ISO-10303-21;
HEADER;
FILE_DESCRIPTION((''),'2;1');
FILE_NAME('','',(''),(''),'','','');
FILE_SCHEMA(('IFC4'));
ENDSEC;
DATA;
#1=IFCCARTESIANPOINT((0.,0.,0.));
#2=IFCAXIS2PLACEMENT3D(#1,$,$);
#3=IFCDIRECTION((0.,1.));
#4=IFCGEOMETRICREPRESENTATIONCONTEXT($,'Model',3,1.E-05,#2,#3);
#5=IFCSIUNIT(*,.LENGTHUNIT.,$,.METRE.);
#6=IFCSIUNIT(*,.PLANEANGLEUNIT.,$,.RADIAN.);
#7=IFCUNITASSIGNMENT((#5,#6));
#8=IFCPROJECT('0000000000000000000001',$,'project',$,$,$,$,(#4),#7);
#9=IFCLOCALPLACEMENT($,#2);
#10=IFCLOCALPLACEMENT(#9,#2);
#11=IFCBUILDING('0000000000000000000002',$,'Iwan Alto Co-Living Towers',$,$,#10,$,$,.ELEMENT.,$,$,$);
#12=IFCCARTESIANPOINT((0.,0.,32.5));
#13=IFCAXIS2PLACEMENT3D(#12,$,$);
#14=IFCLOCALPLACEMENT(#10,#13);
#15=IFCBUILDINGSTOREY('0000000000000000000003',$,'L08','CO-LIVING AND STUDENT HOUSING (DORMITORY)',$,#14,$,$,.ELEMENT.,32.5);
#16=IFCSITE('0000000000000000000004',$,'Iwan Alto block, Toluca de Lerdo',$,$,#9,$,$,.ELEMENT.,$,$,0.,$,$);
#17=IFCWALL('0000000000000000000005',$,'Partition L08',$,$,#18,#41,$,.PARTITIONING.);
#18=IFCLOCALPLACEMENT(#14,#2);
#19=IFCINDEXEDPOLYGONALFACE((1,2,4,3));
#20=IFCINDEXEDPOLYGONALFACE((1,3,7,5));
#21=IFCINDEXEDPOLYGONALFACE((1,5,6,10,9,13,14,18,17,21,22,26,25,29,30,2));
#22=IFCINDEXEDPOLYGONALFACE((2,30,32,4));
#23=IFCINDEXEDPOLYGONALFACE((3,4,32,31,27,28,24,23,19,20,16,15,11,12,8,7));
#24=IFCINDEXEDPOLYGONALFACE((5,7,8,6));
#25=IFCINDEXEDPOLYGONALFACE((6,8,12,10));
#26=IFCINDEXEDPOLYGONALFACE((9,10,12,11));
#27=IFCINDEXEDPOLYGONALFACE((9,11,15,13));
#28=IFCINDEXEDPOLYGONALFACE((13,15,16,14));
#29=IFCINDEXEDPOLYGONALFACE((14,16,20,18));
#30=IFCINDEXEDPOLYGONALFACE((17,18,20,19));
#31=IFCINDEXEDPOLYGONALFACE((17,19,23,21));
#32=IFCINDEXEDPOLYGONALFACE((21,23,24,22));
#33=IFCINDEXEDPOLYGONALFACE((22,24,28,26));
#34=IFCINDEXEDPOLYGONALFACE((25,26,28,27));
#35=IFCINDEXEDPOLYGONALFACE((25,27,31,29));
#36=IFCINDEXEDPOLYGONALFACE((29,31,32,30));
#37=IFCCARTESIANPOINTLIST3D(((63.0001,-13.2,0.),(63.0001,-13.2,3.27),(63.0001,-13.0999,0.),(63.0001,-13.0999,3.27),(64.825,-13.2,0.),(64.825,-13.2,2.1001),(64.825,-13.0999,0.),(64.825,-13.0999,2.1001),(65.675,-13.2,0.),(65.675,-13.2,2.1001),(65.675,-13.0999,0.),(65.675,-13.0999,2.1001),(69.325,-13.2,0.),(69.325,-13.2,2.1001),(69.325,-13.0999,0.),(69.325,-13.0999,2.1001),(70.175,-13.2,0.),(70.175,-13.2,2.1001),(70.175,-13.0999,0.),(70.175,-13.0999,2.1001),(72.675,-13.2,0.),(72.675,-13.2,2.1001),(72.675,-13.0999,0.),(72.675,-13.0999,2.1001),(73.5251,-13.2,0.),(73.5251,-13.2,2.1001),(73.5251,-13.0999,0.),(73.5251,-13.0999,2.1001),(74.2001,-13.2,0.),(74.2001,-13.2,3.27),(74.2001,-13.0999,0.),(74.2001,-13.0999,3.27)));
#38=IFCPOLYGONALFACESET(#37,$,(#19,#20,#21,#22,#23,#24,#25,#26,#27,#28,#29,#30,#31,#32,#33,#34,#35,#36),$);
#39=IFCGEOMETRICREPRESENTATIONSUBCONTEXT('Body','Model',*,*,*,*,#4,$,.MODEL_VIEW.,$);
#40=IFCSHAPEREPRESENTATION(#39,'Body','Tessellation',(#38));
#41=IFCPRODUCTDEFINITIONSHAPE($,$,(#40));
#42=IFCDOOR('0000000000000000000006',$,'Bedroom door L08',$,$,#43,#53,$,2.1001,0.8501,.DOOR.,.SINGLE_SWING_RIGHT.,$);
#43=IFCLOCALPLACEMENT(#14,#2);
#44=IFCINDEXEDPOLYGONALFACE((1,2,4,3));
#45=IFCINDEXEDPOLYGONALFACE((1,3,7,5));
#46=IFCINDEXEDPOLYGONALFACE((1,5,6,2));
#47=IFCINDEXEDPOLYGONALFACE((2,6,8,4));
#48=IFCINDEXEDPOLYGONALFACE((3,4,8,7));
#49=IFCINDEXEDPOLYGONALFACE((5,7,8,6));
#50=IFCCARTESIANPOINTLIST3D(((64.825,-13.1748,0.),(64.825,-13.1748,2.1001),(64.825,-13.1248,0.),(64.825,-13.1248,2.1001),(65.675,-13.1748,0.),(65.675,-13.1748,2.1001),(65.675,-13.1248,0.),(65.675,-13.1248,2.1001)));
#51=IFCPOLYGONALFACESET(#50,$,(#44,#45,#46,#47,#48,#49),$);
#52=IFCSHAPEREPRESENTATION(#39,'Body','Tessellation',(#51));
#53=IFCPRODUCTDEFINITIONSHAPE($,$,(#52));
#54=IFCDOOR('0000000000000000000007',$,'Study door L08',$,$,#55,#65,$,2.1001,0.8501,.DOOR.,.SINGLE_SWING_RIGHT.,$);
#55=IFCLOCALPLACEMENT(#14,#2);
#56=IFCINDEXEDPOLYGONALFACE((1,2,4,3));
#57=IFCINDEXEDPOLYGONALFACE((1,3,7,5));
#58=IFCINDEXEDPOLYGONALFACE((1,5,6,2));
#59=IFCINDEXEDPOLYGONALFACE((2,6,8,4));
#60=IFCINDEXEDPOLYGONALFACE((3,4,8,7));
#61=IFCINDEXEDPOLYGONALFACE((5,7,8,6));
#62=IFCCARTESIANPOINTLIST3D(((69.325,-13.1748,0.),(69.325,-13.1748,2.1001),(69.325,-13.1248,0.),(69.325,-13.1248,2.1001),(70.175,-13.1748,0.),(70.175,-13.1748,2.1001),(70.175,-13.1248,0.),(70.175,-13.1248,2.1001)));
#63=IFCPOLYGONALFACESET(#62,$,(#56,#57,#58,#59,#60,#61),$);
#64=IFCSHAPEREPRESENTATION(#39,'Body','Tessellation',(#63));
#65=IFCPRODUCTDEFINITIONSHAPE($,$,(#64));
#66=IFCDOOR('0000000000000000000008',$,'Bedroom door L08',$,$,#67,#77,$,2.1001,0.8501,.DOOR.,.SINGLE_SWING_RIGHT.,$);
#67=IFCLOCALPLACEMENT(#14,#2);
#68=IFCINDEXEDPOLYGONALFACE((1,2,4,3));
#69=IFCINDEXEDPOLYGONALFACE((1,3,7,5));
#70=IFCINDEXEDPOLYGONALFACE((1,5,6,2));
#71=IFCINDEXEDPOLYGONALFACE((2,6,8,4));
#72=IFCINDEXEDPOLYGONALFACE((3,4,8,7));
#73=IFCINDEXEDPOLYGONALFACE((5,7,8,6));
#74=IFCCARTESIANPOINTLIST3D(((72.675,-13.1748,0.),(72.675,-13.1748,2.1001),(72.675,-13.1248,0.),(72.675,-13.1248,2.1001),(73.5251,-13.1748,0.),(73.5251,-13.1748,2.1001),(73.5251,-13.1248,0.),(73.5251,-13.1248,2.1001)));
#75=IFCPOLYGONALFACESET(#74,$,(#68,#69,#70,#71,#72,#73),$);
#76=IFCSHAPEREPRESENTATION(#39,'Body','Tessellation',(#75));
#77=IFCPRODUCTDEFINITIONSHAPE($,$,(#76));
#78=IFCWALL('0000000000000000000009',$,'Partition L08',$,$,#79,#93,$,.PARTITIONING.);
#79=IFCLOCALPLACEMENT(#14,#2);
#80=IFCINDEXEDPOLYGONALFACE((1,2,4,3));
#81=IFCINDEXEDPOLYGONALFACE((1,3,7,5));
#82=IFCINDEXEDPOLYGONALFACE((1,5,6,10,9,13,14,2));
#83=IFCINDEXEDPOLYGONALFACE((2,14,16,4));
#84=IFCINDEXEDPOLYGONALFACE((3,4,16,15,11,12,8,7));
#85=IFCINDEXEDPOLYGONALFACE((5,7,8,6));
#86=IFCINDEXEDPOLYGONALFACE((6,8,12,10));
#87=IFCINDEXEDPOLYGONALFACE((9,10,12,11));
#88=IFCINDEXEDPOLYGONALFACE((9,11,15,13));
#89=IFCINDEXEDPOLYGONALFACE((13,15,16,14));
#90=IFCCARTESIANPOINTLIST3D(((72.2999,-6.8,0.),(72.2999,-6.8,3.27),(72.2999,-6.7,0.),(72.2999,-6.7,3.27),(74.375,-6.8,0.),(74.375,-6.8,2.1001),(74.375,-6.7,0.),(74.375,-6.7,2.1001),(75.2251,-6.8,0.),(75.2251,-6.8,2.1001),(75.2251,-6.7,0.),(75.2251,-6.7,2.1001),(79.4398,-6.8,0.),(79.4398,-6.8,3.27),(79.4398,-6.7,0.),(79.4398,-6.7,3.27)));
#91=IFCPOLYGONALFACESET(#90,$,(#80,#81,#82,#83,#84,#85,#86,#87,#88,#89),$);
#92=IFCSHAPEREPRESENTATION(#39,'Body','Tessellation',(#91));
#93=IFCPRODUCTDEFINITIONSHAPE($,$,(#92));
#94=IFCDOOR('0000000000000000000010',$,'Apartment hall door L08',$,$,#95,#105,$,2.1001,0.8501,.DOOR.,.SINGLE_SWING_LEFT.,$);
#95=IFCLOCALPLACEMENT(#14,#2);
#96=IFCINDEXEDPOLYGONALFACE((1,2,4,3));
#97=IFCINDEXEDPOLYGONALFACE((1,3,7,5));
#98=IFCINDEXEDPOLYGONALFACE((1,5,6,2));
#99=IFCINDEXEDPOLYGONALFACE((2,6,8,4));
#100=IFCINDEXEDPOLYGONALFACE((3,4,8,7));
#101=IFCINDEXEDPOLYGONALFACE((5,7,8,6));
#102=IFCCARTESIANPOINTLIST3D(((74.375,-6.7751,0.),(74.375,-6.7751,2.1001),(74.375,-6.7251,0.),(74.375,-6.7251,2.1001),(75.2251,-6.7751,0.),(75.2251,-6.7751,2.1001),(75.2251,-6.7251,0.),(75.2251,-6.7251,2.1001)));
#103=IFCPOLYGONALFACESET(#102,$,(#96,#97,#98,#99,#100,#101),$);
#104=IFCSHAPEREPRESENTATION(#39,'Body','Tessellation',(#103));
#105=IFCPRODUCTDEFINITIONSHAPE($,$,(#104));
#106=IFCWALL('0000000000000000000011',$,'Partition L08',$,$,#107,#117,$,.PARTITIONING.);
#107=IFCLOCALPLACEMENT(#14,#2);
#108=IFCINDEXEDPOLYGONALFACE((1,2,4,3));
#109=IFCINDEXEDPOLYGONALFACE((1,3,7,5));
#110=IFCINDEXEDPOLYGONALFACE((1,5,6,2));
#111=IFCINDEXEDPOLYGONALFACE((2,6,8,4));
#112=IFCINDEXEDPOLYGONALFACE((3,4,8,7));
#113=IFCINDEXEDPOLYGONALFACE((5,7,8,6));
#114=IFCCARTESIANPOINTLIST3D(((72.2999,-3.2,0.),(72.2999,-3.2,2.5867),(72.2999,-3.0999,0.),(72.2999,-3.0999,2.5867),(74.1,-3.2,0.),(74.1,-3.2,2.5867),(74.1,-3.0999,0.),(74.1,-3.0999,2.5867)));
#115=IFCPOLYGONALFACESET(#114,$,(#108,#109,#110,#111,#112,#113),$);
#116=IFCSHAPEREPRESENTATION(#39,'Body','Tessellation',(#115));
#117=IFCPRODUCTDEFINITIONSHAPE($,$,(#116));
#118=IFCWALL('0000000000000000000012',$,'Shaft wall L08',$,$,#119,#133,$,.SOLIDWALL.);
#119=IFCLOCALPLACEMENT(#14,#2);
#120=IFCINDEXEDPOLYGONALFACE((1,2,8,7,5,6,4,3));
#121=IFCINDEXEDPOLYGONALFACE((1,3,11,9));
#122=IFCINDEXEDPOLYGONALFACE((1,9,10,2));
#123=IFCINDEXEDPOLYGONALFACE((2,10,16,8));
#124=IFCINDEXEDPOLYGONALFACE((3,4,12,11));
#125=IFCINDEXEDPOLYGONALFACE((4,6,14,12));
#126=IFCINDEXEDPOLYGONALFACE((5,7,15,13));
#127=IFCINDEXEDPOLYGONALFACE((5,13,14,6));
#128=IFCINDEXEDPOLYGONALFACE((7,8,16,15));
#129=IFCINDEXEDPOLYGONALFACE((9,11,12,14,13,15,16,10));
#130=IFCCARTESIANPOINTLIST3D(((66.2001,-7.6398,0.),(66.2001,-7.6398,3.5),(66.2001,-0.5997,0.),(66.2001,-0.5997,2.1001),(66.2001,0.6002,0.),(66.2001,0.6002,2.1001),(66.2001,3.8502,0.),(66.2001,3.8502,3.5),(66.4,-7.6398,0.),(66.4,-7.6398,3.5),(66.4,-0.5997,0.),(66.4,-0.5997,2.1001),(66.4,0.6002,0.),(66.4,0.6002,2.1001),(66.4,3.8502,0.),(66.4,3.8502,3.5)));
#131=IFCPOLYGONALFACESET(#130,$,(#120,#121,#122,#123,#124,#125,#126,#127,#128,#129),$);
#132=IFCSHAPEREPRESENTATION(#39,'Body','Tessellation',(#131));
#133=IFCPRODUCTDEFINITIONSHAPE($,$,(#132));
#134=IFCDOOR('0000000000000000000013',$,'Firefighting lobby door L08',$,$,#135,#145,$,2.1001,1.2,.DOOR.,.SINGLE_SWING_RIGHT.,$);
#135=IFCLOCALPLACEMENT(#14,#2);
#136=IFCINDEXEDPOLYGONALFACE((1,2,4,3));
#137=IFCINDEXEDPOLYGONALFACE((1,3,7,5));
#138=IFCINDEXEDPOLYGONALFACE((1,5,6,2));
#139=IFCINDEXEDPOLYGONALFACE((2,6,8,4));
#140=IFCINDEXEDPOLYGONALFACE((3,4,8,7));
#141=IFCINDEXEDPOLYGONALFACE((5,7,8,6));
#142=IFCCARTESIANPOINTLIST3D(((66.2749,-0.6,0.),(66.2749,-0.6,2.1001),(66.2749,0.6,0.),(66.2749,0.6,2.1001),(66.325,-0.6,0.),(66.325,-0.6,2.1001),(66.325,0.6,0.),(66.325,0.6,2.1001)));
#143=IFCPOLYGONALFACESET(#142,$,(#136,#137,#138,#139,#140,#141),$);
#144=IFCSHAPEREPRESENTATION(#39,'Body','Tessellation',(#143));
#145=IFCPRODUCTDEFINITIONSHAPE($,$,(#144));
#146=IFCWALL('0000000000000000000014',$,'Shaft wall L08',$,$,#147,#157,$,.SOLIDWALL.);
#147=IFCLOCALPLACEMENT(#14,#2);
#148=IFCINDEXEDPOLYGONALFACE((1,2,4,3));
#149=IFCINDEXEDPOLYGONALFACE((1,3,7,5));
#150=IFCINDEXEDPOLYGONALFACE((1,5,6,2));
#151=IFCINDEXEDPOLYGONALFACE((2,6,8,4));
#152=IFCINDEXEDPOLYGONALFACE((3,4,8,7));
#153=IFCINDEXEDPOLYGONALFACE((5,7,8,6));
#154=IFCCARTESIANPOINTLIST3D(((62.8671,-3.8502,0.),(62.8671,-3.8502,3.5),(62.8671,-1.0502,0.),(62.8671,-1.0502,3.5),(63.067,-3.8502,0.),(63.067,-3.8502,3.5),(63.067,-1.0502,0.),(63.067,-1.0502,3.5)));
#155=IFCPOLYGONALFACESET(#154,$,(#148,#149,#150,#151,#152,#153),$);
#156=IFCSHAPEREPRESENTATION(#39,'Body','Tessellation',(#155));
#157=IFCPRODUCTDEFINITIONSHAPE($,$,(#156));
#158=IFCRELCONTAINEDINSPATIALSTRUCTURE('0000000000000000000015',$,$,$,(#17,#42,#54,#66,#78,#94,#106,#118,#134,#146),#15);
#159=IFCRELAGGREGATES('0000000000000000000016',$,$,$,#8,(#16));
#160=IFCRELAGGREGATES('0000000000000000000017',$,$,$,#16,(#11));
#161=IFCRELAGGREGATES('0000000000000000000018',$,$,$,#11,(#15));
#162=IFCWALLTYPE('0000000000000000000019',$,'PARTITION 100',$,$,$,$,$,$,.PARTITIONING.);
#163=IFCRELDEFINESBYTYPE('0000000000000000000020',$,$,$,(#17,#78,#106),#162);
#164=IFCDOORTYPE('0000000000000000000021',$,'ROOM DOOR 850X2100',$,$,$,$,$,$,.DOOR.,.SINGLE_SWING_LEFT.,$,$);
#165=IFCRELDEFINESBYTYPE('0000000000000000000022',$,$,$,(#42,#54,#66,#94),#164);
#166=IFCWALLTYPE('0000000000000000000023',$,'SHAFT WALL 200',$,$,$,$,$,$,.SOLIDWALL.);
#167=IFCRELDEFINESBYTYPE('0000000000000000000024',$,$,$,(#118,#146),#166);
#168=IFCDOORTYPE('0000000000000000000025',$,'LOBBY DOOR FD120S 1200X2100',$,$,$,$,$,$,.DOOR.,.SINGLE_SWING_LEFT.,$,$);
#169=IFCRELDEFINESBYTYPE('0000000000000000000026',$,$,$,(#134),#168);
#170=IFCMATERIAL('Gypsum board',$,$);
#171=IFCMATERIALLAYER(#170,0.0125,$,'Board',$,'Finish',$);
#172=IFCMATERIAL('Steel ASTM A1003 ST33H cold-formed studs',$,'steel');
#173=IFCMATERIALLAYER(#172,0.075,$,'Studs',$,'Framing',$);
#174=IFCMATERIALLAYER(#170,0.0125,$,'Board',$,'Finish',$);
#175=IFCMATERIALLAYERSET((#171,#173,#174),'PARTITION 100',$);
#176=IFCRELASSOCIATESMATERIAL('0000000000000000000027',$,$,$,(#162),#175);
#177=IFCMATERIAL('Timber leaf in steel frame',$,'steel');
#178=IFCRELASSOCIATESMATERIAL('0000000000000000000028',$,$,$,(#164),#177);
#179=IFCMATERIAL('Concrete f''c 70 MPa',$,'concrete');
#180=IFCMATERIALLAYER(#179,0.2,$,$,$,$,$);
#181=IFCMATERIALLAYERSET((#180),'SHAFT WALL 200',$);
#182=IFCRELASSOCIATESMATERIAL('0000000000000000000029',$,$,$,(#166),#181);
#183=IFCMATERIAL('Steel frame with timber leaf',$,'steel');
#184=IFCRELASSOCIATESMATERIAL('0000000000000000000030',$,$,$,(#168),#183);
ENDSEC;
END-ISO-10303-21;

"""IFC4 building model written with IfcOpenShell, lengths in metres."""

from ifc_helpers import new_model, si_unit, direction, frame, frame_2d, origin, place, context, subcontext, project, spatial, rectangle, extrude, material, layer, layer_set, type_object, element, fill, save


model = new_model("IFC4")

# Units and contexts
model_context = context("Model", 3, precision=1e-05, world=origin(), true_north=direction((0.0, 1.0)))
body_context = subcontext(model_context, "Body", "Model", "MODEL_VIEW")
ifc_project = project(units=[si_unit("LENGTHUNIT", "METRE"), si_unit("PLANEANGLEUNIT", "RADIAN")], contexts=[model_context])

# Site, building, storey
site_placement = place(None, origin())
site = spatial("IfcSite", under=ifc_project, at=site_placement, Name="Iwan Alto block, Toluca de Lerdo", CompositionType="ELEMENT", RefElevation=0.0)
building_placement = place(site_placement, origin())
building = spatial("IfcBuilding", under=site, at=building_placement, Name="Iwan Alto Co-Living Towers", CompositionType="ELEMENT")
storey_placement = place(building_placement, frame((0.0, 0.0, 32.5)))
storey = spatial("IfcBuildingStorey", under=building, at=storey_placement, Name="L08", Description="CO-LIVING AND STUDENT HOUSING (DORMITORY)", CompositionType="ELEMENT", Elevation=32.5)

# Shared definitions
ifc_material_1 = material(Name="Gypsum board")
ifc_material_2 = material(Name="Steel ASTM A1003 ST33H cold-formed studs", Category="steel")

# Wall, openings, doors
ifc_layer_1 = layer(ifc_material_1, 0.0125, Name="Board", Category="Finish")
ifc_layer_2 = layer(ifc_material_2, 0.075, Name="Studs", Category="Framing")
ifc_layer_3 = layer(ifc_material_1, 0.0125, Name="Board", Category="Finish")
ifc_layer_set_1 = layer_set([ifc_layer_1, ifc_layer_2, ifc_layer_3], Name="PARTITION 100")
wall_type_1 = type_object("IfcWallType", Name="PARTITION 100", PredefinedType="PARTITIONING", material=ifc_layer_set_1)
wall_1_placement = place(storey_placement, frame((63.0, -13.1499, 0.0), z_axis=(0.0, 0.0, 1.0), x_axis=(1.0, 0.0, 0.0)))
wall_1 = element("IfcWall", 1, at=wall_1_placement, inside=storey, type_object=wall_type_1, Name="Partition L08", PredefinedType="PARTITIONING", context=body_context, shape_type="SweptSolid", body=[
    extrude(rectangle(XDim=11.2, YDim=0.1001, at=frame_2d((5.6001, 0.0))), origin(), (0.0, 0.0, 1.0), 3.27),
])
opening_1_placement = place(wall_1_placement, frame((1.825, 0.0, 0.0)))
opening_1 = element("IfcOpeningElement", 2, at=opening_1_placement, cuts=wall_1, PredefinedType="OPENING", context=body_context, shape_type="SweptSolid", body=[
    extrude(rectangle(XDim=0.8501, YDim=2.1001, at=frame_2d((0.425, 1.05))), frame((0.0, 0.0601, 0.0), z_axis=(0.0, -1.0, 0.0), x_axis=(1.0, 0.0, 0.0)), (0.0, 0.0, 1.0), 0.1201),
])
opening_2_placement = place(wall_1_placement, frame((6.325, 0.0, 0.0)))
opening_2 = element("IfcOpeningElement", 3, at=opening_2_placement, cuts=wall_1, PredefinedType="OPENING", context=body_context, shape_type="SweptSolid", body=[
    extrude(rectangle(XDim=0.8501, YDim=2.1001, at=frame_2d((0.425, 1.05))), frame((0.0, 0.0601, 0.0), z_axis=(0.0, -1.0, 0.0), x_axis=(1.0, 0.0, 0.0)), (0.0, 0.0, 1.0), 0.1201),
])
opening_3_placement = place(wall_1_placement, frame((9.675, 0.0, 0.0)))
opening_3 = element("IfcOpeningElement", 4, at=opening_3_placement, cuts=wall_1, PredefinedType="OPENING", context=body_context, shape_type="SweptSolid", body=[
    extrude(rectangle(XDim=0.8501, YDim=2.1001, at=frame_2d((0.425, 1.05))), frame((0.0, 0.0601, 0.0), z_axis=(0.0, -1.0, 0.0), x_axis=(1.0, 0.0, 0.0)), (0.0, 0.0, 1.0), 0.1201),
])
ifc_material_3 = material(Name="Timber leaf in steel frame", Category="steel")
door_type_1 = type_object("IfcDoorType", Name="ROOM DOOR 850X2100", OperationType="SINGLE_SWING_LEFT", PredefinedType="DOOR", material=ifc_material_3)
door_1_placement = place(opening_1_placement, frame((0.8501, 0.0, 0.0), z_axis=(0.0, 0.0, 1.0), x_axis=(-1.0, 0.0, 0.0)))
door_1 = element("IfcDoor", 5, at=door_1_placement, inside=storey, type_object=door_type_1, Name="Bedroom door L08", OperationType="SINGLE_SWING_RIGHT", OverallHeight=2.1001, OverallWidth=0.8501, PredefinedType="DOOR", context=body_context, shape_type="SweptSolid", body=[
    extrude(rectangle(XDim=0.8501, YDim=2.1001, at=frame_2d((0.425, 1.05))), frame((0.0, 0.0249, 0.0), z_axis=(0.0, -1.0, 0.0), x_axis=(1.0, 0.0, 0.0)), (0.0, 0.0, 1.0), 0.05),
])
fill(opening_1, door_1)
door_2_placement = place(opening_2_placement, frame((0.8501, 0.0, 0.0), z_axis=(0.0, 0.0, 1.0), x_axis=(-1.0, 0.0, 0.0)))
door_2 = element("IfcDoor", 6, at=door_2_placement, inside=storey, type_object=door_type_1, Name="Study door L08", OperationType="SINGLE_SWING_RIGHT", OverallHeight=2.1001, OverallWidth=0.8501, PredefinedType="DOOR", context=body_context, shape_type="SweptSolid", body=[
    extrude(rectangle(XDim=0.8501, YDim=2.1001, at=frame_2d((0.425, 1.05))), frame((0.0, 0.0249, 0.0), z_axis=(0.0, -1.0, 0.0), x_axis=(1.0, 0.0, 0.0)), (0.0, 0.0, 1.0), 0.05),
])
fill(opening_2, door_2)
door_3_placement = place(opening_3_placement, frame((0.8501, 0.0, 0.0), z_axis=(0.0, 0.0, 1.0), x_axis=(-1.0, 0.0, 0.0)))
door_3 = element("IfcDoor", 7, at=door_3_placement, inside=storey, type_object=door_type_1, Name="Bedroom door L08", OperationType="SINGLE_SWING_RIGHT", OverallHeight=2.1001, OverallWidth=0.8501, PredefinedType="DOOR", context=body_context, shape_type="SweptSolid", body=[
    extrude(rectangle(XDim=0.8501, YDim=2.1001, at=frame_2d((0.425, 1.05))), frame((0.0, 0.0249, 0.0), z_axis=(0.0, -1.0, 0.0), x_axis=(1.0, 0.0, 0.0)), (0.0, 0.0, 1.0), 0.05),
])
fill(opening_3, door_3)

# Wall, opening, door
wall_2_placement = place(storey_placement, frame((72.3, -6.75, 0.0), z_axis=(0.0, 0.0, 1.0), x_axis=(1.0, 0.0, 0.0)))
wall_2 = element("IfcWall", 8, at=wall_2_placement, inside=storey, type_object=wall_type_1, Name="Partition L08", PredefinedType="PARTITIONING", context=body_context, shape_type="SweptSolid", body=[
    extrude(rectangle(XDim=7.1399, YDim=0.1001, at=frame_2d((3.5698, 0.0))), origin(), (0.0, 0.0, 1.0), 3.27),
])
opening_4_placement = place(wall_2_placement, frame((2.075, 0.0, 0.0)))
opening_4 = element("IfcOpeningElement", 9, at=opening_4_placement, cuts=wall_2, PredefinedType="OPENING", context=body_context, shape_type="SweptSolid", body=[
    extrude(rectangle(XDim=0.8501, YDim=2.1001, at=frame_2d((0.425, 1.05))), frame((0.0, 0.0601, 0.0), z_axis=(0.0, -1.0, 0.0), x_axis=(1.0, 0.0, 0.0)), (0.0, 0.0, 1.0), 0.1201),
])
door_4_placement = place(opening_4_placement, origin())
door_4 = element("IfcDoor", 10, at=door_4_placement, inside=storey, type_object=door_type_1, Name="Apartment hall door L08", OperationType="SINGLE_SWING_LEFT", OverallHeight=2.1001, OverallWidth=0.8501, PredefinedType="DOOR", context=body_context, shape_type="SweptSolid", body=[
    extrude(rectangle(XDim=0.8501, YDim=2.1001, at=frame_2d((0.425, 1.05))), frame((0.0, 0.0249, 0.0), z_axis=(0.0, -1.0, 0.0), x_axis=(1.0, 0.0, 0.0)), (0.0, 0.0, 1.0), 0.05),
])
fill(opening_4, door_4)

# Wall
wall_3_placement = place(storey_placement, frame((72.3, -3.1499, 0.0), z_axis=(0.0, 0.0, 1.0), x_axis=(1.0, 0.0, 0.0)))
element("IfcWall", 11, at=wall_3_placement, inside=storey, type_object=wall_type_1, Name="Partition L08", PredefinedType="PARTITIONING", context=body_context, shape_type="SweptSolid", body=[
    extrude(rectangle(XDim=1.8, YDim=0.1001, at=frame_2d((0.8999, 0.0))), origin(), (0.0, 0.0, 1.0), 2.5867),
])

# Wall, opening, door
ifc_material_4 = material(Name="Concrete f'c 70 MPa", Category="concrete")
ifc_layer_4 = layer(ifc_material_4, 0.2)
ifc_layer_set_2 = layer_set([ifc_layer_4], Name="SHAFT WALL 200")
wall_type_2 = type_object("IfcWallType", Name="SHAFT WALL 200", PredefinedType="SOLIDWALL", material=ifc_layer_set_2)
wall_4_placement = place(storey_placement, frame((66.3, -7.6399, 0.0), z_axis=(0.0, 0.0, 1.0), x_axis=(0.0, 1.0, 0.0)))
wall_4 = element("IfcWall", 12, at=wall_4_placement, inside=storey, type_object=wall_type_2, Name="Shaft wall L08", PredefinedType="SOLIDWALL", context=body_context, shape_type="SweptSolid", body=[
    extrude(rectangle(XDim=11.49, YDim=0.2, at=frame_2d((5.7451, 0.0))), origin(), (0.0, 0.0, 1.0), 3.5),
])
opening_5_placement = place(wall_4_placement, frame((7.04, 0.0, 0.0)))
opening_5 = element("IfcOpeningElement", 13, at=opening_5_placement, cuts=wall_4, PredefinedType="OPENING", context=body_context, shape_type="SweptSolid", body=[
    extrude(rectangle(XDim=1.2, YDim=2.1001, at=frame_2d((0.6001, 1.05))), frame((0.0, 0.1099, 0.0), z_axis=(0.0, -1.0, 0.0), x_axis=(1.0, 0.0, 0.0)), (0.0, 0.0, 1.0), 0.22),
])
ifc_material_5 = material(Name="Steel frame with timber leaf", Category="steel")
door_type_2 = type_object("IfcDoorType", Name="LOBBY DOOR FD120S 1200X2100", OperationType="SINGLE_SWING_LEFT", PredefinedType="DOOR", material=ifc_material_5)
door_5_placement = place(opening_5_placement, frame((1.2, 0.0, 0.0), z_axis=(0.0, 0.0, 1.0), x_axis=(-1.0, 0.0, 0.0)))
door_5 = element("IfcDoor", 14, at=door_5_placement, inside=storey, type_object=door_type_2, Name="Firefighting lobby door L08", OperationType="SINGLE_SWING_RIGHT", OverallHeight=2.1001, OverallWidth=1.2, PredefinedType="DOOR", context=body_context, shape_type="SweptSolid", body=[
    extrude(rectangle(XDim=1.2, YDim=2.1001, at=frame_2d((0.6001, 1.05))), frame((0.0, 0.0249, 0.0), z_axis=(0.0, -1.0, 0.0), x_axis=(1.0, 0.0, 0.0)), (0.0, 0.0, 1.0), 0.05),
])
fill(opening_5, door_5)

# Wall
wall_5_placement = place(storey_placement, frame((62.967, -3.8501, 0.0), z_axis=(0.0, 0.0, 1.0), x_axis=(0.0, 1.0, 0.0)))
element("IfcWall", 15, at=wall_5_placement, inside=storey, type_object=wall_type_2, Name="Shaft wall L08", PredefinedType="SOLIDWALL", context=body_context, shape_type="SweptSolid", body=[
    extrude(rectangle(XDim=2.8, YDim=0.2, at=frame_2d((1.3999, 0.0))), origin(), (0.0, 0.0, 1.0), 3.5),
])

save(model, "model.ifc")
